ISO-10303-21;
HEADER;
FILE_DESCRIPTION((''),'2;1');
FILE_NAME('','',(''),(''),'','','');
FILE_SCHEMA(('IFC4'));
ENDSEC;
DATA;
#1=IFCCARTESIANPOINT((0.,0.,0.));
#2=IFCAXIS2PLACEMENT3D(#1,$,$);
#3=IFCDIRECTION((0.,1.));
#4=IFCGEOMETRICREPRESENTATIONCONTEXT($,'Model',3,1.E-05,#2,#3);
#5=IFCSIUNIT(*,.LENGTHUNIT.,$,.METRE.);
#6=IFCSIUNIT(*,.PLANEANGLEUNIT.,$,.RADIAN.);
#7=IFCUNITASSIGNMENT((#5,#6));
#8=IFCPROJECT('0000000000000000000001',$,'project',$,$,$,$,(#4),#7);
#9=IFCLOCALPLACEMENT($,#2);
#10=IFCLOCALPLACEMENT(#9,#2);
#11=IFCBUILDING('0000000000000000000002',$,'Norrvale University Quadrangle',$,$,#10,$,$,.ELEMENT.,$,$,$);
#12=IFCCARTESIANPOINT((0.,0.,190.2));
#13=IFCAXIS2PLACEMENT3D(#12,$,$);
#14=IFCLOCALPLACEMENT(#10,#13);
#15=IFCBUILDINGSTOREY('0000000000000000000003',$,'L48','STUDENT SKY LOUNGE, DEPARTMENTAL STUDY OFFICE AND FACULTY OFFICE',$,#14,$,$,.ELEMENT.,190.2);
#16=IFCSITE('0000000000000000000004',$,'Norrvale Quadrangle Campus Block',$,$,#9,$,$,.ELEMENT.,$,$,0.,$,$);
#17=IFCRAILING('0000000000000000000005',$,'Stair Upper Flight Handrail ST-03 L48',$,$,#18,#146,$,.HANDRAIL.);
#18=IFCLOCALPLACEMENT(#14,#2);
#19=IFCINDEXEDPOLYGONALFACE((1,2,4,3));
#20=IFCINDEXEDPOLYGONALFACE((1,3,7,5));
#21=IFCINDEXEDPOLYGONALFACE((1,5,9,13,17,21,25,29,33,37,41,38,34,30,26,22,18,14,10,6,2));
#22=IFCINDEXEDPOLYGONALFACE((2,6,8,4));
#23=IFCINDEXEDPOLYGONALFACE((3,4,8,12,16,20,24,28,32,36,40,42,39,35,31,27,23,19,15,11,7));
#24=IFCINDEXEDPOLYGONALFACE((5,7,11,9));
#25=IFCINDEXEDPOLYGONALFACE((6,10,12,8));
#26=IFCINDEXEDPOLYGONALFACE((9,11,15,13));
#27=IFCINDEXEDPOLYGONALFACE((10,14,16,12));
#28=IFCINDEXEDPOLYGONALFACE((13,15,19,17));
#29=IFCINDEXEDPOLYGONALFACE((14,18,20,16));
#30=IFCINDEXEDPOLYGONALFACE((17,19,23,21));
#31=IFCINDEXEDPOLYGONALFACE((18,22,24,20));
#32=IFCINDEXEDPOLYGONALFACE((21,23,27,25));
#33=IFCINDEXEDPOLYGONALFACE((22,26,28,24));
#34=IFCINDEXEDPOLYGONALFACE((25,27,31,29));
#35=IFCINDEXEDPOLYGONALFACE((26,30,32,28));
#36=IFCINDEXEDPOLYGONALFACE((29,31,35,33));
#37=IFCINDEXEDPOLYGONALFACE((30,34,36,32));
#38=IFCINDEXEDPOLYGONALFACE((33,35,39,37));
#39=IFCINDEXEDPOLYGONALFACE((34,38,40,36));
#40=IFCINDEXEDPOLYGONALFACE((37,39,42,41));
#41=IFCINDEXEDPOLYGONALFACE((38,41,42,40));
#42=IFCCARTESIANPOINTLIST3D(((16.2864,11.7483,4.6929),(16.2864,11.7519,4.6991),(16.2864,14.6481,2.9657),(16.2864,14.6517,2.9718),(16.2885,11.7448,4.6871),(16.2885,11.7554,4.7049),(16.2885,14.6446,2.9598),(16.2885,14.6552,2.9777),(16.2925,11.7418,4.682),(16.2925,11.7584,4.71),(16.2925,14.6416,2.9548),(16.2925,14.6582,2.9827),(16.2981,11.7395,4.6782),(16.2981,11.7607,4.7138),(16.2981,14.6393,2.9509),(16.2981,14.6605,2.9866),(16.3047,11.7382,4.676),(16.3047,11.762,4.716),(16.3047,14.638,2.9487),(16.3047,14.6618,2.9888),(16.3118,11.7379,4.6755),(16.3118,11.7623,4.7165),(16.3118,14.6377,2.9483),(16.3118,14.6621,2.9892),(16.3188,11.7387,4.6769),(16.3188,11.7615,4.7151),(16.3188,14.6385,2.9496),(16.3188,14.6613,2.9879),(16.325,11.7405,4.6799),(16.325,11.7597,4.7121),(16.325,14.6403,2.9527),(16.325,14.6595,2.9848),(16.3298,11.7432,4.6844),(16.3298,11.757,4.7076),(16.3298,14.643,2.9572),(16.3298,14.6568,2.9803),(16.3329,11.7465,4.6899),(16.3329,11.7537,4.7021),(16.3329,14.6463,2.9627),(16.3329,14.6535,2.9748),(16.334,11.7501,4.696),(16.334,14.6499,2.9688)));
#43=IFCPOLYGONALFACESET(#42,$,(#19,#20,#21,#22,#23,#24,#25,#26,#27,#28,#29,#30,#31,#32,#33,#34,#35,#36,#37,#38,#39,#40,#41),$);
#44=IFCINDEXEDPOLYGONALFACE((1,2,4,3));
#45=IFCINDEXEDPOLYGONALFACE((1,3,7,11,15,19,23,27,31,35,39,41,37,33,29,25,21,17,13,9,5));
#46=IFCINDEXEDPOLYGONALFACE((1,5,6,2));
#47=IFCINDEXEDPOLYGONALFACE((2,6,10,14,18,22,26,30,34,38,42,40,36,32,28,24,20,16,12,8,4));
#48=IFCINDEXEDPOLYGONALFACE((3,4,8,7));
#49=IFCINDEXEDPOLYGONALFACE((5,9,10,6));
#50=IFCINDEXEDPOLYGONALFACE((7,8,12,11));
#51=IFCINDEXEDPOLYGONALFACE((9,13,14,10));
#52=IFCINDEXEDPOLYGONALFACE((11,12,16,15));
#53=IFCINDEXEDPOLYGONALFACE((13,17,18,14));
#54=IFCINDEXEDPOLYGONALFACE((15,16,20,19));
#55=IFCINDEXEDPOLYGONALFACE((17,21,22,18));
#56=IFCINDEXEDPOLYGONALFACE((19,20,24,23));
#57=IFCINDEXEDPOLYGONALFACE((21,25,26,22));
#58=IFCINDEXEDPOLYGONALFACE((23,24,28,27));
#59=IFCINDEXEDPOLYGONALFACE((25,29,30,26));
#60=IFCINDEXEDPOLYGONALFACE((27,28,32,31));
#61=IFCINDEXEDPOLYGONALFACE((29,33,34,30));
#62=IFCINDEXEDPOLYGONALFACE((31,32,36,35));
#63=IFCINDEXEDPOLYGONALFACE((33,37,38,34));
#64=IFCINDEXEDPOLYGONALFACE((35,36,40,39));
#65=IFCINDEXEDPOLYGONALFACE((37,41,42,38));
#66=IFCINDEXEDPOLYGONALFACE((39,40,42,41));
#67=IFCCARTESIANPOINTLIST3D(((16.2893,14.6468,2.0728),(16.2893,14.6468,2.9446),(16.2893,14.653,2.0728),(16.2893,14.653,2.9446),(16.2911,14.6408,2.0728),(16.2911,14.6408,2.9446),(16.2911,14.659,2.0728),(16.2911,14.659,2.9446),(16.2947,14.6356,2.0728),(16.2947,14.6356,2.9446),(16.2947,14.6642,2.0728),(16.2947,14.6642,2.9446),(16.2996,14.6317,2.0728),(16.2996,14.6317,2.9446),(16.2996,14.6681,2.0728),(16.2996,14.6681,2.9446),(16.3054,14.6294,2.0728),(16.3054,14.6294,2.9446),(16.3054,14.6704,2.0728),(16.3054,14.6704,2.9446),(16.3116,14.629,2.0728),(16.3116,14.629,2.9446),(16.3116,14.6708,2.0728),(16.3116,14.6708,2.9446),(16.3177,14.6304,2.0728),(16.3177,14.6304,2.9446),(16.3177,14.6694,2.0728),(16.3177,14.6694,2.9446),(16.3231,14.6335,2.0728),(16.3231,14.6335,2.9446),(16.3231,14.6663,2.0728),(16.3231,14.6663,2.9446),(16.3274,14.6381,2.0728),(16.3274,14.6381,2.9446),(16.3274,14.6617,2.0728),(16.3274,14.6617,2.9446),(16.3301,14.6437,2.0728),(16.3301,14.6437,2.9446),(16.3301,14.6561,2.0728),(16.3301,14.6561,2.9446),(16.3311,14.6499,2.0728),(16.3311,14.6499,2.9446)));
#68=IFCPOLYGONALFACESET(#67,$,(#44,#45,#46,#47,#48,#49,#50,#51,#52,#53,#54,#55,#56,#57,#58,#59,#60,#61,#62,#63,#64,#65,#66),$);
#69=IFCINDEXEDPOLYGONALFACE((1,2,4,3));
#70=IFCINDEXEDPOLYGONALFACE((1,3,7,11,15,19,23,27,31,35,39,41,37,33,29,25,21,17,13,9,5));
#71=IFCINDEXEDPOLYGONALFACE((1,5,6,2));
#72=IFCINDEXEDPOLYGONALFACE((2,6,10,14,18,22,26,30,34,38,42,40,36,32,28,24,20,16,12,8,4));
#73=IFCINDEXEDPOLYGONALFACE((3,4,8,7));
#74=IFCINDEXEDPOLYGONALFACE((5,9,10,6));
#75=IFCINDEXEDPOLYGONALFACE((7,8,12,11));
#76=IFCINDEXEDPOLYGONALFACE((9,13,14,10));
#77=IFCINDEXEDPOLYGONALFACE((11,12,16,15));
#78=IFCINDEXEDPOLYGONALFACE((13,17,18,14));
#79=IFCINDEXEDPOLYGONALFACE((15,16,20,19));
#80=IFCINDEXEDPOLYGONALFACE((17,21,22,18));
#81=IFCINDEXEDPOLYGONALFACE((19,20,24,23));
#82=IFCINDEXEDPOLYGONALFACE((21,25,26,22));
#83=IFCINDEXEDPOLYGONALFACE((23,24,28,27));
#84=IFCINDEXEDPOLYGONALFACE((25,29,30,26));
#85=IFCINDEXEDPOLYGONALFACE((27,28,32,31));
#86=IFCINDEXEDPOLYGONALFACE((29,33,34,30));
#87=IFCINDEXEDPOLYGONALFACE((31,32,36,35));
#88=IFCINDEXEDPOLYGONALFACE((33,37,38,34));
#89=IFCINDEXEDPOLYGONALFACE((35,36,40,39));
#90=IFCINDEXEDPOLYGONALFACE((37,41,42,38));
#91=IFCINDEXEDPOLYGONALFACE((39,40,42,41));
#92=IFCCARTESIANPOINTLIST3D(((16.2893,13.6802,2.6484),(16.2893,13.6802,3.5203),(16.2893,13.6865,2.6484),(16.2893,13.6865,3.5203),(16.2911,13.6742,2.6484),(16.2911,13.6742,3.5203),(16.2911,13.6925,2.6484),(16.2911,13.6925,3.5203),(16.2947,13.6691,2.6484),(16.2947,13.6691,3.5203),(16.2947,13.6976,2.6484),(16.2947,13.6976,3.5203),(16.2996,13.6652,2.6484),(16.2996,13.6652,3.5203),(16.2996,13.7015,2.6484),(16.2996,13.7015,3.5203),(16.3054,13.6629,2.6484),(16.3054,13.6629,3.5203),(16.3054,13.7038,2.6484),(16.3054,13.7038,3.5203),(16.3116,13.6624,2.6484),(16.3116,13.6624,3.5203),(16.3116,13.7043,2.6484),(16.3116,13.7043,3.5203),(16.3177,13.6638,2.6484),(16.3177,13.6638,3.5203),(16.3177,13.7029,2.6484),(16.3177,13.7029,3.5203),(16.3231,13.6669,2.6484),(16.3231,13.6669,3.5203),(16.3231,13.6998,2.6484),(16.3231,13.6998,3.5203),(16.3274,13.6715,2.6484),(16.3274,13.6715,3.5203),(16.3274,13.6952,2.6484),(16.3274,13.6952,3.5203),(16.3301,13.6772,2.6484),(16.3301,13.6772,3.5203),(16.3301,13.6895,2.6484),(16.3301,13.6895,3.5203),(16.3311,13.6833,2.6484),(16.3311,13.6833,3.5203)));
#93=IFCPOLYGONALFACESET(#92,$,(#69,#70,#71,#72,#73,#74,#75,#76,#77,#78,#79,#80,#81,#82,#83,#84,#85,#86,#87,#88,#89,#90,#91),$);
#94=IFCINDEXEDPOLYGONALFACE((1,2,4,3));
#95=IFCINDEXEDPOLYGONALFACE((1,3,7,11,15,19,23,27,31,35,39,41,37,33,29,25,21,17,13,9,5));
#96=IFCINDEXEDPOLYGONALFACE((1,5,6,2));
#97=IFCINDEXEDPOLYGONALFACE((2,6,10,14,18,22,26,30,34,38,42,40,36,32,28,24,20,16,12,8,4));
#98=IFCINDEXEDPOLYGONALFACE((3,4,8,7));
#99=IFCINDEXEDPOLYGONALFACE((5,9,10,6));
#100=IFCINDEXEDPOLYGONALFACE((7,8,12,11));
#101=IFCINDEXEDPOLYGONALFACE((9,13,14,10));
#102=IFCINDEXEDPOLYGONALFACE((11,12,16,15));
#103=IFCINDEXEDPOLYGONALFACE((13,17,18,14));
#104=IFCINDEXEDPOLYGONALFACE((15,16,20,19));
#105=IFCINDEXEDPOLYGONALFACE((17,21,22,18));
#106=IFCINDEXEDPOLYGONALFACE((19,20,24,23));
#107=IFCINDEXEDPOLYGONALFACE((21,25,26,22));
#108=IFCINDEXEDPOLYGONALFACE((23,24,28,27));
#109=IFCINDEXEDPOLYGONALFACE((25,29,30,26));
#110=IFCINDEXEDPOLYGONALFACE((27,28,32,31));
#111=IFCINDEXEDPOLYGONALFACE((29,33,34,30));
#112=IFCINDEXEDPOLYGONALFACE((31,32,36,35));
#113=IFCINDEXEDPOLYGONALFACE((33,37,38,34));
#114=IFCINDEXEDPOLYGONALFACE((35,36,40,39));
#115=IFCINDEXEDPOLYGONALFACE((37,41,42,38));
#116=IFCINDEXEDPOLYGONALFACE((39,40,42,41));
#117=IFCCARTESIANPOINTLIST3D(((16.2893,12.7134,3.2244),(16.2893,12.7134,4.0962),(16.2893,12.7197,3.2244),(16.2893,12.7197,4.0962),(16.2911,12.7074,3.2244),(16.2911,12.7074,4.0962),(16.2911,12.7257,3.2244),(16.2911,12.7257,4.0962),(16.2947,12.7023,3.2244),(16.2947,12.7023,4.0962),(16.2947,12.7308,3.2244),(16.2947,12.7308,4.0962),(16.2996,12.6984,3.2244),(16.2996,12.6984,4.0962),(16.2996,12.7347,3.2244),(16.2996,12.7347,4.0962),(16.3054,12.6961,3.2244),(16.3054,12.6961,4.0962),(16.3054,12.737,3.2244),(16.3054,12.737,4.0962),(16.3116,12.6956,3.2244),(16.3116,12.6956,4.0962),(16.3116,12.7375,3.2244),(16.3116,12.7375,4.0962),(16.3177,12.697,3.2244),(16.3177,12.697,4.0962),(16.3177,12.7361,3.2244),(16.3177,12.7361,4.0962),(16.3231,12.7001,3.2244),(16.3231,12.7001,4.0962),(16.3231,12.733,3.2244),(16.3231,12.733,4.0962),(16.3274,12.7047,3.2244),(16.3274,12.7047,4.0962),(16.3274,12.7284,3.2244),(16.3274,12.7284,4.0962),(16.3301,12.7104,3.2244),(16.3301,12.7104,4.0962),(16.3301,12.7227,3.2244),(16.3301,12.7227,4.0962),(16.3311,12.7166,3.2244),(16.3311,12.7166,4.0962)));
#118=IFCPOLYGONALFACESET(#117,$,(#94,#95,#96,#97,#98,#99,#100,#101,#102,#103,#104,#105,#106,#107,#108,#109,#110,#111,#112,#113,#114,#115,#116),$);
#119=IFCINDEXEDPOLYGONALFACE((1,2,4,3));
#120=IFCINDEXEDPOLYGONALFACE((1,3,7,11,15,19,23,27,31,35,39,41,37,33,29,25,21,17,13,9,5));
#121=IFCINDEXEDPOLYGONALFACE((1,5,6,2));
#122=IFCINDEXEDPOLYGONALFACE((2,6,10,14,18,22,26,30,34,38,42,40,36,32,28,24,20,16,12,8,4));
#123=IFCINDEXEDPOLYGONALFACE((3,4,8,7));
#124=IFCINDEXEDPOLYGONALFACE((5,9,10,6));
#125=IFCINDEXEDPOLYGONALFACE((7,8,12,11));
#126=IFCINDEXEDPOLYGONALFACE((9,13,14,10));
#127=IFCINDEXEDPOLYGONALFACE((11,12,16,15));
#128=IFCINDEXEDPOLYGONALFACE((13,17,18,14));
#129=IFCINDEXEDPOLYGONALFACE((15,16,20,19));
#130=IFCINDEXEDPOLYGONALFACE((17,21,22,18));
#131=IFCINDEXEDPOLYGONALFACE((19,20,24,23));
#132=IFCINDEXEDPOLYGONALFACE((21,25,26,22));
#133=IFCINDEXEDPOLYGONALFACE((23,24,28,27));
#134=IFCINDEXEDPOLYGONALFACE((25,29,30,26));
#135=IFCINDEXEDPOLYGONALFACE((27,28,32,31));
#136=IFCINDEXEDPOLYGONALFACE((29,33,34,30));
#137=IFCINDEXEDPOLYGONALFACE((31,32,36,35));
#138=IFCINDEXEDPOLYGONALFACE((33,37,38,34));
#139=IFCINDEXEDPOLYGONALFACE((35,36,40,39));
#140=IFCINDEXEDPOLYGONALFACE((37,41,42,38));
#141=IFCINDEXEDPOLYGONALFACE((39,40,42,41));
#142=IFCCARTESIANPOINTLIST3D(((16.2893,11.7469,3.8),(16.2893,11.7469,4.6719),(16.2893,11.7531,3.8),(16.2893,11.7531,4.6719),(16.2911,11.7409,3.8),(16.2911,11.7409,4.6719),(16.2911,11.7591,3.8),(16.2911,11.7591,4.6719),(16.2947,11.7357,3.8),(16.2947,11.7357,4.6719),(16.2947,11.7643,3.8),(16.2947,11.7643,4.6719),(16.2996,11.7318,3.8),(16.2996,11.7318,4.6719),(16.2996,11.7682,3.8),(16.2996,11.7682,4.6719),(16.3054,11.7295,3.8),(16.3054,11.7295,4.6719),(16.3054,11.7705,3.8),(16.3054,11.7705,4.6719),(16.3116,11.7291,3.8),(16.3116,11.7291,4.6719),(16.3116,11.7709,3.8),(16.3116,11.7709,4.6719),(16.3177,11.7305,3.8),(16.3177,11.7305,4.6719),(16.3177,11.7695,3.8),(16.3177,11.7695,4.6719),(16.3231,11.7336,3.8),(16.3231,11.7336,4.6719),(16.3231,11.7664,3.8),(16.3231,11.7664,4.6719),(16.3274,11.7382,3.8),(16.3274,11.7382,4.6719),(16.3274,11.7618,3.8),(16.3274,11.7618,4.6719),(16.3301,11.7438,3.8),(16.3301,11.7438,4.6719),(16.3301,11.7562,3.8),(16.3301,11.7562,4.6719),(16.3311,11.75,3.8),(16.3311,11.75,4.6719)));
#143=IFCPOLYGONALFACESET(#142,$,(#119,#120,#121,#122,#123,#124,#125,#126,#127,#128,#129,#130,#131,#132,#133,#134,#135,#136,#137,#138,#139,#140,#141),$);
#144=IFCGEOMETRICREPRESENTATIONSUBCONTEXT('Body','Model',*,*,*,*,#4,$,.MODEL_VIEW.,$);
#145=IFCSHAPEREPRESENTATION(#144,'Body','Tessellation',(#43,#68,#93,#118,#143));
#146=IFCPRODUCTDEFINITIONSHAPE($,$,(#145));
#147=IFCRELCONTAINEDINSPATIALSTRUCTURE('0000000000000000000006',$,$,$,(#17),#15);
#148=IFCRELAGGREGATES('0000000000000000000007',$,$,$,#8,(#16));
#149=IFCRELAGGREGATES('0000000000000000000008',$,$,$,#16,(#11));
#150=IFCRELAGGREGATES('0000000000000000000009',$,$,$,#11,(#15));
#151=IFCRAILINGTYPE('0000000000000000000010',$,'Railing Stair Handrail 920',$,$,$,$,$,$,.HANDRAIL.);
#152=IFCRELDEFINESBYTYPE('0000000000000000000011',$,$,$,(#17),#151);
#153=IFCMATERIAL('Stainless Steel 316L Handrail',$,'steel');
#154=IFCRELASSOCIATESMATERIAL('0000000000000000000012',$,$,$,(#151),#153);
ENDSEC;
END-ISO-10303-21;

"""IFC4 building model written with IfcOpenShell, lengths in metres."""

from ifc_helpers import new_model, si_unit, direction, frame, origin, origin_2d, place, context, subcontext, project, spatial, circle, extrude, material, type_object, element, save


model = new_model("IFC4")

# Units and contexts
model_context = context("Model", 3, precision=1e-05, world=origin(), true_north=direction((0.0, 1.0)))
body_context = subcontext(model_context, "Body", "Model", "MODEL_VIEW")
ifc_project = project(units=[si_unit("LENGTHUNIT", "METRE"), si_unit("PLANEANGLEUNIT", "RADIAN")], contexts=[model_context])

# Site, building, storey
site_placement = place(None, origin())
site = spatial("IfcSite", under=ifc_project, at=site_placement, Name="Norrvale Quadrangle Campus Block", CompositionType="ELEMENT", RefElevation=0.0)
building_placement = place(site_placement, origin())
building = spatial("IfcBuilding", under=site, at=building_placement, Name="Norrvale University Quadrangle", CompositionType="ELEMENT")
storey_placement = place(building_placement, frame((0.0, 0.0, 190.2)))
storey = spatial("IfcBuildingStorey", under=building, at=storey_placement, Name="L48", Description="STUDENT SKY LOUNGE, DEPARTMENTAL STUDY OFFICE AND FACULTY OFFICE", CompositionType="ELEMENT", Elevation=190.2)

# Railing
ifc_material_1 = material(Name="Stainless Steel 316L Handrail", Category="steel")
railing_type_1 = type_object("IfcRailingType", Name="Railing Stair Handrail 920", PredefinedType="HANDRAIL", material=ifc_material_1)
railing_1_placement = place(storey_placement, frame((16.3101, 14.6499, 2.0728)))
element("IfcRailing", 1, at=railing_1_placement, inside=storey, type_object=railing_type_1, Name="Stair Upper Flight Handrail ST-03 L48", PredefinedType="HANDRAIL", context=body_context, shape_type="SweptSolid", body=[
    extrude(circle(Radius=0.0239, at=origin_2d()), frame((0.0, 0.0, 0.896), z_axis=(0.0, -0.859141, 0.511738), x_axis=(1.0, 0.0, 0.0)), (0.0, 0.0, 1.0), 3.3752),
    extrude(circle(Radius=0.021, at=origin_2d()), origin(), (0.0, 0.0, 1.0), 0.8718),
    extrude(circle(Radius=0.021, at=origin_2d()), frame((0.0, -0.9666, 0.5757)), (0.0, 0.0, 1.0), 0.8718),
    extrude(circle(Radius=0.021, at=origin_2d()), frame((0.0, -1.9333, 1.1516)), (0.0, 0.0, 1.0), 0.8718),
    extrude(circle(Radius=0.021, at=origin_2d()), frame((0.0, -2.8999, 1.7273)), (0.0, 0.0, 1.0), 0.8718),
])

save(model, "model.ifc")
